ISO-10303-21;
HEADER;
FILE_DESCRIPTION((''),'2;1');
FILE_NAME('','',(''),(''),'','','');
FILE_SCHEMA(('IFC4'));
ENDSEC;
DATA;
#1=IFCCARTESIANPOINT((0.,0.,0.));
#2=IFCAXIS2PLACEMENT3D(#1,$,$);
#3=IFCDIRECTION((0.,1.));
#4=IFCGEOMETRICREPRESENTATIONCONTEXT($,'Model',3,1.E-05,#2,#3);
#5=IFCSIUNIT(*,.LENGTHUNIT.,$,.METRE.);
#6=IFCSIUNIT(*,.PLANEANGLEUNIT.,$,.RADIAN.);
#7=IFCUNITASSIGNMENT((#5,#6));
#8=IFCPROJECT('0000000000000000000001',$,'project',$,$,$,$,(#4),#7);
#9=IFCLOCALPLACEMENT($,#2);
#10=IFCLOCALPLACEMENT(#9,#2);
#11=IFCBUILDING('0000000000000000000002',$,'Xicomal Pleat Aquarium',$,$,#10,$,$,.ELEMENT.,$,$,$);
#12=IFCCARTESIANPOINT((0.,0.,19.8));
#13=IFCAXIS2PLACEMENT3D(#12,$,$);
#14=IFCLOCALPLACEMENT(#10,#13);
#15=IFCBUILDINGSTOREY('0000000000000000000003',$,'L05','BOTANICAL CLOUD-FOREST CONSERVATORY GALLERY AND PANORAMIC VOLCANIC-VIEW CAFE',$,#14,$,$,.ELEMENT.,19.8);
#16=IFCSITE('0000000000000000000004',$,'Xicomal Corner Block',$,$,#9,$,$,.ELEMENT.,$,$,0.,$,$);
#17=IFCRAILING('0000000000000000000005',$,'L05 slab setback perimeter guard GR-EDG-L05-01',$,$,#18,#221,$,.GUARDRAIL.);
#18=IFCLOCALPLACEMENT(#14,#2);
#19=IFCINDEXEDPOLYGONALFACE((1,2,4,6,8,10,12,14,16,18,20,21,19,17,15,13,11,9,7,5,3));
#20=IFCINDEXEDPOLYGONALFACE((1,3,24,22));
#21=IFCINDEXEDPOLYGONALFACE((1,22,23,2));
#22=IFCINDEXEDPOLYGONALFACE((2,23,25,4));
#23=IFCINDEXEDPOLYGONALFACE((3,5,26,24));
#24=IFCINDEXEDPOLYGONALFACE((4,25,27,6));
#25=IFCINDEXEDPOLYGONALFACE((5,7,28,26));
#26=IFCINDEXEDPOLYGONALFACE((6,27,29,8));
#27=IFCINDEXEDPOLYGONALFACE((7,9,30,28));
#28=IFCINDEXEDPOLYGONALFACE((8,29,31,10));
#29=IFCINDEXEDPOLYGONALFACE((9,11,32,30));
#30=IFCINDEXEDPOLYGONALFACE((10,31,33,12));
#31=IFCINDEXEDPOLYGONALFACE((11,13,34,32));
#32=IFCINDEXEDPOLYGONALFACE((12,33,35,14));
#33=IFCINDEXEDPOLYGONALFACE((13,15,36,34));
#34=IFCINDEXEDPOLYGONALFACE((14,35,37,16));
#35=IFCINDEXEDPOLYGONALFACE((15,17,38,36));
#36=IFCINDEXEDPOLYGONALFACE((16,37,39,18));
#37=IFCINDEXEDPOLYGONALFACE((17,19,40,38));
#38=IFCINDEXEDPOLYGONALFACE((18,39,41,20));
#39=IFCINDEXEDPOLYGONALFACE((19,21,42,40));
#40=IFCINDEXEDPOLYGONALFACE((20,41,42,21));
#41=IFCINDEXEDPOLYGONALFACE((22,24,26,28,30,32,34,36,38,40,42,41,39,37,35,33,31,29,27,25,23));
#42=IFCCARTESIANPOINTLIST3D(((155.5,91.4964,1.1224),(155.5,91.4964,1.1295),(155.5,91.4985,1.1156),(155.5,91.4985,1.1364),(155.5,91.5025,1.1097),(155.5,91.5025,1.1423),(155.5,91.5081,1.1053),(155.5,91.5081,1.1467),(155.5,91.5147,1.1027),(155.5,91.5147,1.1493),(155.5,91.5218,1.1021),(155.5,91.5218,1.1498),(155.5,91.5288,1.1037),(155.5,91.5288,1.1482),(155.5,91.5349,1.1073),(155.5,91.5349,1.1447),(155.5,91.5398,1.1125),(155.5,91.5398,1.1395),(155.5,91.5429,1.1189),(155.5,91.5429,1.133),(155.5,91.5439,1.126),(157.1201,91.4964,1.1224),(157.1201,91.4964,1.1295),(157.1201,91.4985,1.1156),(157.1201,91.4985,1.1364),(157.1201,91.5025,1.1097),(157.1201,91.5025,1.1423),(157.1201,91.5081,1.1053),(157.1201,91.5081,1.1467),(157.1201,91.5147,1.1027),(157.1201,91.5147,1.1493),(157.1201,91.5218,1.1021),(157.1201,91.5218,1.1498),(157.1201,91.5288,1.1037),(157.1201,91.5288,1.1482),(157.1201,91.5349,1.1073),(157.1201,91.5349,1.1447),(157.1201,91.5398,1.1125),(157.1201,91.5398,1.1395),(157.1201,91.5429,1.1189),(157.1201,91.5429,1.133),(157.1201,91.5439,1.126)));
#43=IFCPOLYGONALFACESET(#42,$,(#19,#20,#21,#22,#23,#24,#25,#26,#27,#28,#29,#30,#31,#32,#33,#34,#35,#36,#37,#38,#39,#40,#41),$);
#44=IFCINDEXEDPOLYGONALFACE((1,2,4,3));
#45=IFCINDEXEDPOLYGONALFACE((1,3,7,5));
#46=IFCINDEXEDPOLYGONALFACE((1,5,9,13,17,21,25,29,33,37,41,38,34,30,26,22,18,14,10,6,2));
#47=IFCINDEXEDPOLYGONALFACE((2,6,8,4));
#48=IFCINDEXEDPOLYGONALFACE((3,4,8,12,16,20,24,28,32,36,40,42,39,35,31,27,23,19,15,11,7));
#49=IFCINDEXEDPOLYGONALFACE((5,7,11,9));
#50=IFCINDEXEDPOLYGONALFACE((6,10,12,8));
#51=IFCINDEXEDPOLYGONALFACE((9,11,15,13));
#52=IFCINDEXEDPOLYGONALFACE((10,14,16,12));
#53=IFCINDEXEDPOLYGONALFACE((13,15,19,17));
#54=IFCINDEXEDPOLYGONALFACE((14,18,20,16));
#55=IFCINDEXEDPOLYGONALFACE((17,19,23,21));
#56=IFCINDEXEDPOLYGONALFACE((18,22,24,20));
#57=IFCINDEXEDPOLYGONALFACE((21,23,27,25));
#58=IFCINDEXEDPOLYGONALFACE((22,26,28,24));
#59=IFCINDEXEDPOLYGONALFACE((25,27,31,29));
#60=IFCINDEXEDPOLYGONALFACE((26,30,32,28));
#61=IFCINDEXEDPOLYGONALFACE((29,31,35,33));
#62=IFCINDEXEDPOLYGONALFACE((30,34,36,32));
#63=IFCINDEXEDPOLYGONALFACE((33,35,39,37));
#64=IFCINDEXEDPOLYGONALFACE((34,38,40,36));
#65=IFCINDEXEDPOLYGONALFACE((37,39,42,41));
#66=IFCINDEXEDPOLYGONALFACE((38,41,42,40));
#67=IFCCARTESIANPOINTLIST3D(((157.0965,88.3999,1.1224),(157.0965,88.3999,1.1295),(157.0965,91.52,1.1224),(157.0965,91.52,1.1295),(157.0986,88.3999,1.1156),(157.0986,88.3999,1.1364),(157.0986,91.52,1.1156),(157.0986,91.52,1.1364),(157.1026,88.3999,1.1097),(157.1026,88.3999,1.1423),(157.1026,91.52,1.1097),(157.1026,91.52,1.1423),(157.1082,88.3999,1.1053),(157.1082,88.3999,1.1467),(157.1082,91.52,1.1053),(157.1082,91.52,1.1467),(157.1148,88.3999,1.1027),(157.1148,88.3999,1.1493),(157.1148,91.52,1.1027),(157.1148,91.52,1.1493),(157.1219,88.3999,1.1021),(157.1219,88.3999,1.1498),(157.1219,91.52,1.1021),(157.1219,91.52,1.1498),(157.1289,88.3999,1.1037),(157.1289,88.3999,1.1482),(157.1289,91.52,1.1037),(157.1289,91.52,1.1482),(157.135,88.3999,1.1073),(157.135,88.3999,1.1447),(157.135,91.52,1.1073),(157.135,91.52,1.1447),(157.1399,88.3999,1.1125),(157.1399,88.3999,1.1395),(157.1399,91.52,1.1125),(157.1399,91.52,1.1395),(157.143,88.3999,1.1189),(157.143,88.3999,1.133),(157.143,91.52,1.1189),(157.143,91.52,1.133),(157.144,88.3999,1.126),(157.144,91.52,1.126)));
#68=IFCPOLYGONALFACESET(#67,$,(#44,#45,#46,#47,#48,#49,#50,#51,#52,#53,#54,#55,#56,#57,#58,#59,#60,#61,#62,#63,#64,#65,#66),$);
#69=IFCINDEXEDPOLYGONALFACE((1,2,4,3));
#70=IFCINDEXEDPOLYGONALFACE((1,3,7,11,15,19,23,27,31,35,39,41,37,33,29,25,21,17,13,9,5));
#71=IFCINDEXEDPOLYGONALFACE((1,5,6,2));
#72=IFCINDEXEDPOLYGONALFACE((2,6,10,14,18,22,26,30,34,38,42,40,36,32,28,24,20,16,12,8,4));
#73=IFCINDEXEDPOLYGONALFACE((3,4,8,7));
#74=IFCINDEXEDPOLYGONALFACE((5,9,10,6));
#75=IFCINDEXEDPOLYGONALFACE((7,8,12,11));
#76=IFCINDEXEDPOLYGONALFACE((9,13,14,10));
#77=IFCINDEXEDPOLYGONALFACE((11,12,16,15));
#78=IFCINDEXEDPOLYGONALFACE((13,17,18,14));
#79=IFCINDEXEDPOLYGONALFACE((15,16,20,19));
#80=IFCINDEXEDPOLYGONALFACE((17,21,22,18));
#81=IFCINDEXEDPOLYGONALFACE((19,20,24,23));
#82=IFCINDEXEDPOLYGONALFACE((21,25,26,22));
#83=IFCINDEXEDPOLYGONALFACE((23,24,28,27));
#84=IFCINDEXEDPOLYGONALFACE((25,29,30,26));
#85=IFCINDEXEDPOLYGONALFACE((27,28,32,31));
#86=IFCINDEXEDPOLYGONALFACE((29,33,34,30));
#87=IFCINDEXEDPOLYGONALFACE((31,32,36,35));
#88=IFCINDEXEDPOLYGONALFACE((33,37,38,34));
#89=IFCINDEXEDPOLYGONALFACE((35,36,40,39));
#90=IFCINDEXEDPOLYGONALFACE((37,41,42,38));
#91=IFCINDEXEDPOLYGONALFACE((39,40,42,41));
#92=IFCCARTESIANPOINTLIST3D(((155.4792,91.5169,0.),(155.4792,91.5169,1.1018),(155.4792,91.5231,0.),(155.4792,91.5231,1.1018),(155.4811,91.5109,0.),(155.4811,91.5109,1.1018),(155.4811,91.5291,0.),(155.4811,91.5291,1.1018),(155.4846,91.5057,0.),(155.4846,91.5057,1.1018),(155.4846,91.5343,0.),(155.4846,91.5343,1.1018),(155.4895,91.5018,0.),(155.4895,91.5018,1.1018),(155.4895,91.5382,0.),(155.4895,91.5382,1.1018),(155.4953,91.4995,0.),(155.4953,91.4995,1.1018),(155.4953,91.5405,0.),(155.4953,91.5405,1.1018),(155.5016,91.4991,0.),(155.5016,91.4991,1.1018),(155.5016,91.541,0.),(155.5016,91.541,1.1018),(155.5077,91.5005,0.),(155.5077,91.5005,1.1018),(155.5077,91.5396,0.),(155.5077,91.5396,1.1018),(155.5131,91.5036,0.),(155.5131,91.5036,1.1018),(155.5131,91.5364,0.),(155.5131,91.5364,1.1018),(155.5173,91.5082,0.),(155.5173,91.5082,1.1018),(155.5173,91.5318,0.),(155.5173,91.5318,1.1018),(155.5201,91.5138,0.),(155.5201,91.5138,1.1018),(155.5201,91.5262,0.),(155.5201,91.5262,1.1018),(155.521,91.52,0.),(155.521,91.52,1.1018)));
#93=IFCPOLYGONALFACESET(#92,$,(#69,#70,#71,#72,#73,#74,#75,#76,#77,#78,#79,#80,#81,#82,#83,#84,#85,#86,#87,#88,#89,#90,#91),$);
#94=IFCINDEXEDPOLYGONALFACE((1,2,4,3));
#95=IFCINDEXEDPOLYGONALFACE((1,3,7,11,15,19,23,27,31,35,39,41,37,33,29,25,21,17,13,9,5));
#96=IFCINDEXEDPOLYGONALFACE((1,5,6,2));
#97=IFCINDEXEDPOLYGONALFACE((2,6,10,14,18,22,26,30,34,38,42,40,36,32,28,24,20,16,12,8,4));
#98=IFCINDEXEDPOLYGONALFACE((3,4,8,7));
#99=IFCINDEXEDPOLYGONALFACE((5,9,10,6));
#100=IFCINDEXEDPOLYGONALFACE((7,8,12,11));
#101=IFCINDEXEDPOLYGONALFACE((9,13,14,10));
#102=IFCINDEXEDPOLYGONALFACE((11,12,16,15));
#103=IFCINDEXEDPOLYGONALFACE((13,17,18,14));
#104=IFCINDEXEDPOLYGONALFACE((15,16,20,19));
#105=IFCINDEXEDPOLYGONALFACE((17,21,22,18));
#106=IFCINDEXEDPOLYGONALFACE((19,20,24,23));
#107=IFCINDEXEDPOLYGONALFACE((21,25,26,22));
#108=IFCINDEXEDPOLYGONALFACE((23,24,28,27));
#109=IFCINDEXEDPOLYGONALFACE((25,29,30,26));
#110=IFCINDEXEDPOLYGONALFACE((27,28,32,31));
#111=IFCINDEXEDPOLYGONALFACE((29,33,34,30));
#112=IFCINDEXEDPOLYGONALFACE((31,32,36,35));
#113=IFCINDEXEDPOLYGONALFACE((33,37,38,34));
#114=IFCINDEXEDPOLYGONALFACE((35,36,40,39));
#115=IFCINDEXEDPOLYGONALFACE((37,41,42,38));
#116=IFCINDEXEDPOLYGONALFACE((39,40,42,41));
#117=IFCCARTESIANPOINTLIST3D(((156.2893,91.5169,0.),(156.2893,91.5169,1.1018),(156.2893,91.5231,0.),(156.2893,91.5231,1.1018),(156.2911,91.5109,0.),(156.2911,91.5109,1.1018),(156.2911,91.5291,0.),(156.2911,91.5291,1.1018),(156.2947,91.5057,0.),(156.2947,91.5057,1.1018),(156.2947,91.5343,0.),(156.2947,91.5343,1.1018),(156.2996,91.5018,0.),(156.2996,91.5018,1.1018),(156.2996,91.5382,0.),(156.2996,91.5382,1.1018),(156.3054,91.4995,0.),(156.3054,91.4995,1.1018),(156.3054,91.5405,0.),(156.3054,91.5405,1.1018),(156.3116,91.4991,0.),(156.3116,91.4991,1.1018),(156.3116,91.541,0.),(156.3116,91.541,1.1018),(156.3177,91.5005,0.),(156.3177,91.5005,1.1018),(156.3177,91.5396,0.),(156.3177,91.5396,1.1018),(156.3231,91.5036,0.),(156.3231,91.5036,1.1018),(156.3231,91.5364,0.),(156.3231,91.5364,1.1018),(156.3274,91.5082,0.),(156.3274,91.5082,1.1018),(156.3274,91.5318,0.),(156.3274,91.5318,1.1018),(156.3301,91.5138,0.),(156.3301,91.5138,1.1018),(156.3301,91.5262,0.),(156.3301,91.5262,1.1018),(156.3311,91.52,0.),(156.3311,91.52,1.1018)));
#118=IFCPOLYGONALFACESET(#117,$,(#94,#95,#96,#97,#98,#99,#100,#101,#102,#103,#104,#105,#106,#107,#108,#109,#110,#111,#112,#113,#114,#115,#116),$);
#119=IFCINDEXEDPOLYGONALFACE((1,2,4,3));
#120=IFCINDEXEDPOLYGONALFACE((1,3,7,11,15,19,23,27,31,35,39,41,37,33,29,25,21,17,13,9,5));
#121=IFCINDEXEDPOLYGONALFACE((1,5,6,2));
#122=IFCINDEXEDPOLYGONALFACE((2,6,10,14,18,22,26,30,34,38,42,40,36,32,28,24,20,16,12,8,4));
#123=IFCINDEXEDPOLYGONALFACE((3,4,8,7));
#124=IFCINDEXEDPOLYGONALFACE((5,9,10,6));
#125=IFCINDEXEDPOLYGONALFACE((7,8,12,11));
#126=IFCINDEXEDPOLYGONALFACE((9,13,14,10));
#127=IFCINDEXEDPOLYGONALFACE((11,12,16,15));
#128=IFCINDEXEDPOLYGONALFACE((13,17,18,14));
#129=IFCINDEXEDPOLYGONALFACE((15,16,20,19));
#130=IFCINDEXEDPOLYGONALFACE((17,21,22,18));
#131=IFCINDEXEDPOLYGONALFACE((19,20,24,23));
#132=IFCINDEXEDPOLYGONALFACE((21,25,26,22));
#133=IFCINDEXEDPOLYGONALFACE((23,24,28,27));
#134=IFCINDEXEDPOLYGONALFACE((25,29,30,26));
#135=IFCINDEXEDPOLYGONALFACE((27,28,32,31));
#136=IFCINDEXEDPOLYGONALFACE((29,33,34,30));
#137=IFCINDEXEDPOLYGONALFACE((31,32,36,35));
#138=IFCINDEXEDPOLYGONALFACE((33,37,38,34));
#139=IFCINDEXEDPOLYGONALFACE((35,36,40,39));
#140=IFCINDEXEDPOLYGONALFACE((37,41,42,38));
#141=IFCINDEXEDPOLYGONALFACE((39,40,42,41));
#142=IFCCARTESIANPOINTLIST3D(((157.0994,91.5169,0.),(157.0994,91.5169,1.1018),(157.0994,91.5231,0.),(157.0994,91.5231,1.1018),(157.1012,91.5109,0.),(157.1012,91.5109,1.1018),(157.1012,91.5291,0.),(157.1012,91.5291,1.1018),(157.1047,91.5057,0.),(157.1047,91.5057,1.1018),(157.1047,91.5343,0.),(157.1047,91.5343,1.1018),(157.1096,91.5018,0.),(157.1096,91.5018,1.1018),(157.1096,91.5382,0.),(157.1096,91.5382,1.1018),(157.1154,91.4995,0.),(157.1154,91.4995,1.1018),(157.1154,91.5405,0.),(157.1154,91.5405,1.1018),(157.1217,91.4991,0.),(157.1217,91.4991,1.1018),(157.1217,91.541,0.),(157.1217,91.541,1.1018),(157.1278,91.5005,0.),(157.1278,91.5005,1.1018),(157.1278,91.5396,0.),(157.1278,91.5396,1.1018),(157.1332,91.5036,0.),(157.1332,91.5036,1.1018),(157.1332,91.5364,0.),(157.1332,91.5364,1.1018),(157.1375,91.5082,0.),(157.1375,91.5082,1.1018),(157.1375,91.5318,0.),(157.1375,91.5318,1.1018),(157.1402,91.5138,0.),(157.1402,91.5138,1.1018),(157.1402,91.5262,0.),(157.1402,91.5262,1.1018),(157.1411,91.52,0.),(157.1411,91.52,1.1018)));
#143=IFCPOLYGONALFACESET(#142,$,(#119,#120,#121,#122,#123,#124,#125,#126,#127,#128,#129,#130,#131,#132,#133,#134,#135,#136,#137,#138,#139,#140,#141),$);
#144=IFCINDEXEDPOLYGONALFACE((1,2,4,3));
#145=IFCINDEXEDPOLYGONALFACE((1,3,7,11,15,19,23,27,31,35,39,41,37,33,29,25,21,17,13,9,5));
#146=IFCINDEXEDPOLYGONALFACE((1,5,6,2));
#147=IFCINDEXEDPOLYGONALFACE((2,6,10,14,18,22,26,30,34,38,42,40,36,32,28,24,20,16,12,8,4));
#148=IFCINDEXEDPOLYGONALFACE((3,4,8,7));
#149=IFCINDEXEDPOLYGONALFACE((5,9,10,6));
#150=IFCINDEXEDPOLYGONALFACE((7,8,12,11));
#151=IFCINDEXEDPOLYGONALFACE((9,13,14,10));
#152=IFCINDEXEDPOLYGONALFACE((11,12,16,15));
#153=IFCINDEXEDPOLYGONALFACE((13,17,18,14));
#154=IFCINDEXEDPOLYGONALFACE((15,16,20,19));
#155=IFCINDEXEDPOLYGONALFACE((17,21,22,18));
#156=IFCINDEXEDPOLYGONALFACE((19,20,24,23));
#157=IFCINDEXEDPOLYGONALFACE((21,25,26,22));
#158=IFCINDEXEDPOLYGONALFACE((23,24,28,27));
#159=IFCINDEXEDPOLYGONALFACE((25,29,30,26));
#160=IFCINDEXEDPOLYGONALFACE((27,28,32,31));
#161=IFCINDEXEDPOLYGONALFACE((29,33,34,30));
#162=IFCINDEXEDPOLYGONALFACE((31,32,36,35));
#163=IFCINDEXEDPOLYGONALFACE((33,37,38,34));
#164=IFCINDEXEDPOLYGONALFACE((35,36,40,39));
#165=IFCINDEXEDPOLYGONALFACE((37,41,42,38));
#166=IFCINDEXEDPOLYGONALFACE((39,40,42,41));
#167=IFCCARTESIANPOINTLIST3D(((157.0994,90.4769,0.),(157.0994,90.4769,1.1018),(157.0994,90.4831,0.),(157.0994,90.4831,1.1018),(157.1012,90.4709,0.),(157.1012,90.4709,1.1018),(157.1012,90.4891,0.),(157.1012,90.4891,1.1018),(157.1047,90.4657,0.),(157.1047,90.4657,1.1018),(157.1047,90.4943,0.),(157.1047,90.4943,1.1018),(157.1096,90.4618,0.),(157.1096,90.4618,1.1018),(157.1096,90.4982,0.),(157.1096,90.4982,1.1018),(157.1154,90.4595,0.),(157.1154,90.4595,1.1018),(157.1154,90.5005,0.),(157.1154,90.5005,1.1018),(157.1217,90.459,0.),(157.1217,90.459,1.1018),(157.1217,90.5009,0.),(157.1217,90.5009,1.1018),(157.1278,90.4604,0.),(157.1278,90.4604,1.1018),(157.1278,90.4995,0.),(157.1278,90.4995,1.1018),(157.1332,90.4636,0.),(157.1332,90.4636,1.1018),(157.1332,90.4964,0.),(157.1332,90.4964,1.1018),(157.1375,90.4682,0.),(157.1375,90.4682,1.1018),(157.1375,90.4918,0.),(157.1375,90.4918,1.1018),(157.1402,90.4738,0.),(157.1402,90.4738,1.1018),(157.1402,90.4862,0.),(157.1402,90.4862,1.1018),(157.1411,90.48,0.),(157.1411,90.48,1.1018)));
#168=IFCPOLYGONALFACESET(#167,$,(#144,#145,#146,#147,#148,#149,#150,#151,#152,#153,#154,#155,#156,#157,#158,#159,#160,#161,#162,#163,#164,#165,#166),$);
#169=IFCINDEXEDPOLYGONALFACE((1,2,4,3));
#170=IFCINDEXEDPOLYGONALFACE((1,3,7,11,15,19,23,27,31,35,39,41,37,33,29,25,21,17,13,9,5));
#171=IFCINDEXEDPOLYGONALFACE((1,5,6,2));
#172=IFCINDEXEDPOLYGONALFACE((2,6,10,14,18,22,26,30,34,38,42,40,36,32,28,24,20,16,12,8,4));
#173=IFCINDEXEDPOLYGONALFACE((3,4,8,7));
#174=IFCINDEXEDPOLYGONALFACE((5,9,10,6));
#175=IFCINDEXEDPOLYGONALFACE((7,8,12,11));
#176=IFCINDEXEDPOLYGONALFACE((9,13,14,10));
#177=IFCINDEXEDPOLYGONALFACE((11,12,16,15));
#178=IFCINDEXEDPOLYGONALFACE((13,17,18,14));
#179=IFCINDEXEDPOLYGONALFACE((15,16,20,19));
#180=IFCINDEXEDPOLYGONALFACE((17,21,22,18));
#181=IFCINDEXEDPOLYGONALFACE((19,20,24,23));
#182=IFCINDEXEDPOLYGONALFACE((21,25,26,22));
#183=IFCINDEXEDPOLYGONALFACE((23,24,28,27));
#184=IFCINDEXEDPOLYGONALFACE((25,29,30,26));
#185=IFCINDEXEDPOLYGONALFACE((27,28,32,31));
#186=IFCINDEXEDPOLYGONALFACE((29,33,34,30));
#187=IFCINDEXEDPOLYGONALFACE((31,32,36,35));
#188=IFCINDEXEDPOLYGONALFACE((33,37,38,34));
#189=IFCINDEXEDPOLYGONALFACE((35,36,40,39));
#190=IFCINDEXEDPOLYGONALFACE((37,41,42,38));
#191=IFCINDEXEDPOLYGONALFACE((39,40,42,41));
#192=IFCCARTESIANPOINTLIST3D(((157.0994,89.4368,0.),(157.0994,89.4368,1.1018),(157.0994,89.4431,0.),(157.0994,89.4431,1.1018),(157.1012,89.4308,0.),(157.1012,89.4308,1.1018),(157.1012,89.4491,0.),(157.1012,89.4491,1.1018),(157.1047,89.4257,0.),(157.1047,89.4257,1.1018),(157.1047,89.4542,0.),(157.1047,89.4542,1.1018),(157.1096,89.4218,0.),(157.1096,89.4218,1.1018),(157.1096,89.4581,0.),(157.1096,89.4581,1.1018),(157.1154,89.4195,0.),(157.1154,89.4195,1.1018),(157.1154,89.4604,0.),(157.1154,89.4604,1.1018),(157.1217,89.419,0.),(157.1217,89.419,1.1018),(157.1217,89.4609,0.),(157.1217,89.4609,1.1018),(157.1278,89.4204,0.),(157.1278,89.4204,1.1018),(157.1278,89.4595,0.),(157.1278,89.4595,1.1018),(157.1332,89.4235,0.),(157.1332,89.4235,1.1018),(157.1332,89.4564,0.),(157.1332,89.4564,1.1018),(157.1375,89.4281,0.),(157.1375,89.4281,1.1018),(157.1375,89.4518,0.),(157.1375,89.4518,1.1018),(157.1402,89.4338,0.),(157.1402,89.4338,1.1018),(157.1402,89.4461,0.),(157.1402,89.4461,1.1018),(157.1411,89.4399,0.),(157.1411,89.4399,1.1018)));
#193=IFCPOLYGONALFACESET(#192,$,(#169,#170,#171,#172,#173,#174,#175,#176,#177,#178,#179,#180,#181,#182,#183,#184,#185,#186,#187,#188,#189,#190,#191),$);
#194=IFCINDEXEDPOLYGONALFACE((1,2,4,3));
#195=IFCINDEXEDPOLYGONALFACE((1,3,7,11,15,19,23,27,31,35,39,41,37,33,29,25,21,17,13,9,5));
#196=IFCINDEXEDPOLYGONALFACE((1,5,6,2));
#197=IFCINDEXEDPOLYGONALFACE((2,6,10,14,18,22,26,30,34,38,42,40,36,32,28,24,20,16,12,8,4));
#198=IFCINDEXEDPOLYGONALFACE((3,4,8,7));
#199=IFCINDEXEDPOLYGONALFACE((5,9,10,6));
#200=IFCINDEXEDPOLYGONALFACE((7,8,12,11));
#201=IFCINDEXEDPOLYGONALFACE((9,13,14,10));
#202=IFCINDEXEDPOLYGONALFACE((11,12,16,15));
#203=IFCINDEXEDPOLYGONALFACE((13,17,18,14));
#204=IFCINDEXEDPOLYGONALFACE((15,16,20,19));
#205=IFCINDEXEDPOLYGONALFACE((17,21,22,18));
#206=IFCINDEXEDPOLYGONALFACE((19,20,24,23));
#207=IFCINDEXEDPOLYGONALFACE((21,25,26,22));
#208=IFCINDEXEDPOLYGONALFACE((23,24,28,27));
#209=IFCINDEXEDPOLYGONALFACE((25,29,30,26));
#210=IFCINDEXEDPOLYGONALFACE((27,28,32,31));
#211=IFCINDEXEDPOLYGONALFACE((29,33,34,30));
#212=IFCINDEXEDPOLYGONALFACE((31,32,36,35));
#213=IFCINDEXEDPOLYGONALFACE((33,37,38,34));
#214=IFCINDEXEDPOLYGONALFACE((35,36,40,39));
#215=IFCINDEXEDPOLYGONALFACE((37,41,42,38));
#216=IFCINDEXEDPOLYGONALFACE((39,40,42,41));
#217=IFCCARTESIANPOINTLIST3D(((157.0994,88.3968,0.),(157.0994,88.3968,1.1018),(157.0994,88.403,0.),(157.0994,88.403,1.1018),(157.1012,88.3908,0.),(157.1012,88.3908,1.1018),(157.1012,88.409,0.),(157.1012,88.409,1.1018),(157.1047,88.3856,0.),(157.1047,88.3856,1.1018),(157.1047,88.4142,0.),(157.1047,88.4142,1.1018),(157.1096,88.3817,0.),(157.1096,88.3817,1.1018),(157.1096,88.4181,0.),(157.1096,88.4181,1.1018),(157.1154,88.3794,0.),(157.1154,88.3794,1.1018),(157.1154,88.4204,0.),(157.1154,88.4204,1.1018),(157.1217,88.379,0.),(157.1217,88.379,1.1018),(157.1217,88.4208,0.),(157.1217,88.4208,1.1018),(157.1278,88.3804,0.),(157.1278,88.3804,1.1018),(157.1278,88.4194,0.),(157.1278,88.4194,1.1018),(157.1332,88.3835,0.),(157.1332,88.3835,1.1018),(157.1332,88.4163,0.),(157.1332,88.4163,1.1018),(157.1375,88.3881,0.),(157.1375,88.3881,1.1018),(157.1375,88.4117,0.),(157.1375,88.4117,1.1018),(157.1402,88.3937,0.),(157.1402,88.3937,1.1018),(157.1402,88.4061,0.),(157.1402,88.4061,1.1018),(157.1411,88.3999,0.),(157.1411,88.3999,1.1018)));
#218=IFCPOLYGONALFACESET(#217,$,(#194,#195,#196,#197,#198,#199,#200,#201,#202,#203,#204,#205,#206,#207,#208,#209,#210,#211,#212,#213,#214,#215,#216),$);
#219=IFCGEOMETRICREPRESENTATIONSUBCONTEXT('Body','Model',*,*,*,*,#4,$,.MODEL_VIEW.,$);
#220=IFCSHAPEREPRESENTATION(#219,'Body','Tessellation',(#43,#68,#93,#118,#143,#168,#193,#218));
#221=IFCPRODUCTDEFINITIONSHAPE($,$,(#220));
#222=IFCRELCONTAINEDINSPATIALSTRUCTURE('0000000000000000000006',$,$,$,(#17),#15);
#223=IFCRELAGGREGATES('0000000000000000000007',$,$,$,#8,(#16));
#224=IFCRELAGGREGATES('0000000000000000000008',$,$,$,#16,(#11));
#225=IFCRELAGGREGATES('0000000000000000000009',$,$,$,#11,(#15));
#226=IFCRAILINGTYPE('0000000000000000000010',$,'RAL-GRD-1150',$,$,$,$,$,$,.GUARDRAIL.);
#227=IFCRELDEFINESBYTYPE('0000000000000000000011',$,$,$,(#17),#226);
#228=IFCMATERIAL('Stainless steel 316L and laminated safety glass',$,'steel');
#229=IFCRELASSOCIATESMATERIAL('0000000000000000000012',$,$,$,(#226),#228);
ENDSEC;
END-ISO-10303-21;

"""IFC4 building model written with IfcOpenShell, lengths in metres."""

from ifc_helpers import new_model, si_unit, direction, frame, origin, origin_2d, place, context, subcontext, project, spatial, circle, extrude, material, type_object, element, save


model = new_model("IFC4")

# Units and contexts
model_context = context("Model", 3, precision=1e-05, world=origin(), true_north=direction((0.0, 1.0)))
body_context = subcontext(model_context, "Body", "Model", "MODEL_VIEW")
ifc_project = project(units=[si_unit("LENGTHUNIT", "METRE"), si_unit("PLANEANGLEUNIT", "RADIAN")], contexts=[model_context])

# Site, building, storey
site_placement = place(None, origin())
site = spatial("IfcSite", under=ifc_project, at=site_placement, Name="Xicomal Corner Block", CompositionType="ELEMENT", RefElevation=0.0)
building_placement = place(site_placement, origin())
building = spatial("IfcBuilding", under=site, at=building_placement, Name="Xicomal Pleat Aquarium", CompositionType="ELEMENT")
storey_placement = place(building_placement, frame((0.0, 0.0, 19.8)))
storey = spatial("IfcBuildingStorey", under=building, at=storey_placement, Name="L05", Description="BOTANICAL CLOUD-FOREST CONSERVATORY GALLERY AND PANORAMIC VOLCANIC-VIEW CAFE", CompositionType="ELEMENT", Elevation=19.8)

# Railing
ifc_material_1 = material(Name="Stainless steel 316L and laminated safety glass", Category="steel")
railing_type_1 = type_object("IfcRailingType", Name="RAL-GRD-1150", PredefinedType="GUARDRAIL", material=ifc_material_1)
railing_1_placement = place(storey_placement, frame((155.5, 91.52, 0.0)))
element("IfcRailing", 1, at=railing_1_placement, inside=storey, type_object=railing_type_1, Name="L05 slab setback perimeter guard GR-EDG-L05-01", PredefinedType="GUARDRAIL", context=body_context, shape_type="SweptSolid", body=[
    extrude(circle(Radius=0.0239, at=origin_2d()), frame((0.0, 0.0, 1.126), z_axis=(1.0, 0.0, 0.0), x_axis=(0.0, 1.0, 0.0)), (0.0, 0.0, 1.0), 1.6201),
    extrude(circle(Radius=0.0239, at=origin_2d()), frame((1.6201, 0.0, 1.126), z_axis=(0.0, -1.0, 0.0), x_axis=(1.0, 0.0, 0.0)), (0.0, 0.0, 1.0), 3.1201),
    extrude(circle(Radius=0.021, at=origin_2d()), origin(), (0.0, 0.0, 1.0), 1.1018),
    extrude(circle(Radius=0.021, at=origin_2d()), frame((0.8101, 0.0, 0.0)), (0.0, 0.0, 1.0), 1.1018),
    extrude(circle(Radius=0.021, at=origin_2d()), frame((1.6201, 0.0, 0.0)), (0.0, 0.0, 1.0), 1.1018),
    extrude(circle(Radius=0.021, at=origin_2d()), frame((1.6201, -1.04, 0.0)), (0.0, 0.0, 1.0), 1.1018),
    extrude(circle(Radius=0.021, at=origin_2d()), frame((1.6201, -2.0801, 0.0)), (0.0, 0.0, 1.0), 1.1018),
    extrude(circle(Radius=0.021, at=origin_2d()), frame((1.6201, -3.1201, 0.0)), (0.0, 0.0, 1.0), 1.1018),
])

save(model, "model.ifc")
